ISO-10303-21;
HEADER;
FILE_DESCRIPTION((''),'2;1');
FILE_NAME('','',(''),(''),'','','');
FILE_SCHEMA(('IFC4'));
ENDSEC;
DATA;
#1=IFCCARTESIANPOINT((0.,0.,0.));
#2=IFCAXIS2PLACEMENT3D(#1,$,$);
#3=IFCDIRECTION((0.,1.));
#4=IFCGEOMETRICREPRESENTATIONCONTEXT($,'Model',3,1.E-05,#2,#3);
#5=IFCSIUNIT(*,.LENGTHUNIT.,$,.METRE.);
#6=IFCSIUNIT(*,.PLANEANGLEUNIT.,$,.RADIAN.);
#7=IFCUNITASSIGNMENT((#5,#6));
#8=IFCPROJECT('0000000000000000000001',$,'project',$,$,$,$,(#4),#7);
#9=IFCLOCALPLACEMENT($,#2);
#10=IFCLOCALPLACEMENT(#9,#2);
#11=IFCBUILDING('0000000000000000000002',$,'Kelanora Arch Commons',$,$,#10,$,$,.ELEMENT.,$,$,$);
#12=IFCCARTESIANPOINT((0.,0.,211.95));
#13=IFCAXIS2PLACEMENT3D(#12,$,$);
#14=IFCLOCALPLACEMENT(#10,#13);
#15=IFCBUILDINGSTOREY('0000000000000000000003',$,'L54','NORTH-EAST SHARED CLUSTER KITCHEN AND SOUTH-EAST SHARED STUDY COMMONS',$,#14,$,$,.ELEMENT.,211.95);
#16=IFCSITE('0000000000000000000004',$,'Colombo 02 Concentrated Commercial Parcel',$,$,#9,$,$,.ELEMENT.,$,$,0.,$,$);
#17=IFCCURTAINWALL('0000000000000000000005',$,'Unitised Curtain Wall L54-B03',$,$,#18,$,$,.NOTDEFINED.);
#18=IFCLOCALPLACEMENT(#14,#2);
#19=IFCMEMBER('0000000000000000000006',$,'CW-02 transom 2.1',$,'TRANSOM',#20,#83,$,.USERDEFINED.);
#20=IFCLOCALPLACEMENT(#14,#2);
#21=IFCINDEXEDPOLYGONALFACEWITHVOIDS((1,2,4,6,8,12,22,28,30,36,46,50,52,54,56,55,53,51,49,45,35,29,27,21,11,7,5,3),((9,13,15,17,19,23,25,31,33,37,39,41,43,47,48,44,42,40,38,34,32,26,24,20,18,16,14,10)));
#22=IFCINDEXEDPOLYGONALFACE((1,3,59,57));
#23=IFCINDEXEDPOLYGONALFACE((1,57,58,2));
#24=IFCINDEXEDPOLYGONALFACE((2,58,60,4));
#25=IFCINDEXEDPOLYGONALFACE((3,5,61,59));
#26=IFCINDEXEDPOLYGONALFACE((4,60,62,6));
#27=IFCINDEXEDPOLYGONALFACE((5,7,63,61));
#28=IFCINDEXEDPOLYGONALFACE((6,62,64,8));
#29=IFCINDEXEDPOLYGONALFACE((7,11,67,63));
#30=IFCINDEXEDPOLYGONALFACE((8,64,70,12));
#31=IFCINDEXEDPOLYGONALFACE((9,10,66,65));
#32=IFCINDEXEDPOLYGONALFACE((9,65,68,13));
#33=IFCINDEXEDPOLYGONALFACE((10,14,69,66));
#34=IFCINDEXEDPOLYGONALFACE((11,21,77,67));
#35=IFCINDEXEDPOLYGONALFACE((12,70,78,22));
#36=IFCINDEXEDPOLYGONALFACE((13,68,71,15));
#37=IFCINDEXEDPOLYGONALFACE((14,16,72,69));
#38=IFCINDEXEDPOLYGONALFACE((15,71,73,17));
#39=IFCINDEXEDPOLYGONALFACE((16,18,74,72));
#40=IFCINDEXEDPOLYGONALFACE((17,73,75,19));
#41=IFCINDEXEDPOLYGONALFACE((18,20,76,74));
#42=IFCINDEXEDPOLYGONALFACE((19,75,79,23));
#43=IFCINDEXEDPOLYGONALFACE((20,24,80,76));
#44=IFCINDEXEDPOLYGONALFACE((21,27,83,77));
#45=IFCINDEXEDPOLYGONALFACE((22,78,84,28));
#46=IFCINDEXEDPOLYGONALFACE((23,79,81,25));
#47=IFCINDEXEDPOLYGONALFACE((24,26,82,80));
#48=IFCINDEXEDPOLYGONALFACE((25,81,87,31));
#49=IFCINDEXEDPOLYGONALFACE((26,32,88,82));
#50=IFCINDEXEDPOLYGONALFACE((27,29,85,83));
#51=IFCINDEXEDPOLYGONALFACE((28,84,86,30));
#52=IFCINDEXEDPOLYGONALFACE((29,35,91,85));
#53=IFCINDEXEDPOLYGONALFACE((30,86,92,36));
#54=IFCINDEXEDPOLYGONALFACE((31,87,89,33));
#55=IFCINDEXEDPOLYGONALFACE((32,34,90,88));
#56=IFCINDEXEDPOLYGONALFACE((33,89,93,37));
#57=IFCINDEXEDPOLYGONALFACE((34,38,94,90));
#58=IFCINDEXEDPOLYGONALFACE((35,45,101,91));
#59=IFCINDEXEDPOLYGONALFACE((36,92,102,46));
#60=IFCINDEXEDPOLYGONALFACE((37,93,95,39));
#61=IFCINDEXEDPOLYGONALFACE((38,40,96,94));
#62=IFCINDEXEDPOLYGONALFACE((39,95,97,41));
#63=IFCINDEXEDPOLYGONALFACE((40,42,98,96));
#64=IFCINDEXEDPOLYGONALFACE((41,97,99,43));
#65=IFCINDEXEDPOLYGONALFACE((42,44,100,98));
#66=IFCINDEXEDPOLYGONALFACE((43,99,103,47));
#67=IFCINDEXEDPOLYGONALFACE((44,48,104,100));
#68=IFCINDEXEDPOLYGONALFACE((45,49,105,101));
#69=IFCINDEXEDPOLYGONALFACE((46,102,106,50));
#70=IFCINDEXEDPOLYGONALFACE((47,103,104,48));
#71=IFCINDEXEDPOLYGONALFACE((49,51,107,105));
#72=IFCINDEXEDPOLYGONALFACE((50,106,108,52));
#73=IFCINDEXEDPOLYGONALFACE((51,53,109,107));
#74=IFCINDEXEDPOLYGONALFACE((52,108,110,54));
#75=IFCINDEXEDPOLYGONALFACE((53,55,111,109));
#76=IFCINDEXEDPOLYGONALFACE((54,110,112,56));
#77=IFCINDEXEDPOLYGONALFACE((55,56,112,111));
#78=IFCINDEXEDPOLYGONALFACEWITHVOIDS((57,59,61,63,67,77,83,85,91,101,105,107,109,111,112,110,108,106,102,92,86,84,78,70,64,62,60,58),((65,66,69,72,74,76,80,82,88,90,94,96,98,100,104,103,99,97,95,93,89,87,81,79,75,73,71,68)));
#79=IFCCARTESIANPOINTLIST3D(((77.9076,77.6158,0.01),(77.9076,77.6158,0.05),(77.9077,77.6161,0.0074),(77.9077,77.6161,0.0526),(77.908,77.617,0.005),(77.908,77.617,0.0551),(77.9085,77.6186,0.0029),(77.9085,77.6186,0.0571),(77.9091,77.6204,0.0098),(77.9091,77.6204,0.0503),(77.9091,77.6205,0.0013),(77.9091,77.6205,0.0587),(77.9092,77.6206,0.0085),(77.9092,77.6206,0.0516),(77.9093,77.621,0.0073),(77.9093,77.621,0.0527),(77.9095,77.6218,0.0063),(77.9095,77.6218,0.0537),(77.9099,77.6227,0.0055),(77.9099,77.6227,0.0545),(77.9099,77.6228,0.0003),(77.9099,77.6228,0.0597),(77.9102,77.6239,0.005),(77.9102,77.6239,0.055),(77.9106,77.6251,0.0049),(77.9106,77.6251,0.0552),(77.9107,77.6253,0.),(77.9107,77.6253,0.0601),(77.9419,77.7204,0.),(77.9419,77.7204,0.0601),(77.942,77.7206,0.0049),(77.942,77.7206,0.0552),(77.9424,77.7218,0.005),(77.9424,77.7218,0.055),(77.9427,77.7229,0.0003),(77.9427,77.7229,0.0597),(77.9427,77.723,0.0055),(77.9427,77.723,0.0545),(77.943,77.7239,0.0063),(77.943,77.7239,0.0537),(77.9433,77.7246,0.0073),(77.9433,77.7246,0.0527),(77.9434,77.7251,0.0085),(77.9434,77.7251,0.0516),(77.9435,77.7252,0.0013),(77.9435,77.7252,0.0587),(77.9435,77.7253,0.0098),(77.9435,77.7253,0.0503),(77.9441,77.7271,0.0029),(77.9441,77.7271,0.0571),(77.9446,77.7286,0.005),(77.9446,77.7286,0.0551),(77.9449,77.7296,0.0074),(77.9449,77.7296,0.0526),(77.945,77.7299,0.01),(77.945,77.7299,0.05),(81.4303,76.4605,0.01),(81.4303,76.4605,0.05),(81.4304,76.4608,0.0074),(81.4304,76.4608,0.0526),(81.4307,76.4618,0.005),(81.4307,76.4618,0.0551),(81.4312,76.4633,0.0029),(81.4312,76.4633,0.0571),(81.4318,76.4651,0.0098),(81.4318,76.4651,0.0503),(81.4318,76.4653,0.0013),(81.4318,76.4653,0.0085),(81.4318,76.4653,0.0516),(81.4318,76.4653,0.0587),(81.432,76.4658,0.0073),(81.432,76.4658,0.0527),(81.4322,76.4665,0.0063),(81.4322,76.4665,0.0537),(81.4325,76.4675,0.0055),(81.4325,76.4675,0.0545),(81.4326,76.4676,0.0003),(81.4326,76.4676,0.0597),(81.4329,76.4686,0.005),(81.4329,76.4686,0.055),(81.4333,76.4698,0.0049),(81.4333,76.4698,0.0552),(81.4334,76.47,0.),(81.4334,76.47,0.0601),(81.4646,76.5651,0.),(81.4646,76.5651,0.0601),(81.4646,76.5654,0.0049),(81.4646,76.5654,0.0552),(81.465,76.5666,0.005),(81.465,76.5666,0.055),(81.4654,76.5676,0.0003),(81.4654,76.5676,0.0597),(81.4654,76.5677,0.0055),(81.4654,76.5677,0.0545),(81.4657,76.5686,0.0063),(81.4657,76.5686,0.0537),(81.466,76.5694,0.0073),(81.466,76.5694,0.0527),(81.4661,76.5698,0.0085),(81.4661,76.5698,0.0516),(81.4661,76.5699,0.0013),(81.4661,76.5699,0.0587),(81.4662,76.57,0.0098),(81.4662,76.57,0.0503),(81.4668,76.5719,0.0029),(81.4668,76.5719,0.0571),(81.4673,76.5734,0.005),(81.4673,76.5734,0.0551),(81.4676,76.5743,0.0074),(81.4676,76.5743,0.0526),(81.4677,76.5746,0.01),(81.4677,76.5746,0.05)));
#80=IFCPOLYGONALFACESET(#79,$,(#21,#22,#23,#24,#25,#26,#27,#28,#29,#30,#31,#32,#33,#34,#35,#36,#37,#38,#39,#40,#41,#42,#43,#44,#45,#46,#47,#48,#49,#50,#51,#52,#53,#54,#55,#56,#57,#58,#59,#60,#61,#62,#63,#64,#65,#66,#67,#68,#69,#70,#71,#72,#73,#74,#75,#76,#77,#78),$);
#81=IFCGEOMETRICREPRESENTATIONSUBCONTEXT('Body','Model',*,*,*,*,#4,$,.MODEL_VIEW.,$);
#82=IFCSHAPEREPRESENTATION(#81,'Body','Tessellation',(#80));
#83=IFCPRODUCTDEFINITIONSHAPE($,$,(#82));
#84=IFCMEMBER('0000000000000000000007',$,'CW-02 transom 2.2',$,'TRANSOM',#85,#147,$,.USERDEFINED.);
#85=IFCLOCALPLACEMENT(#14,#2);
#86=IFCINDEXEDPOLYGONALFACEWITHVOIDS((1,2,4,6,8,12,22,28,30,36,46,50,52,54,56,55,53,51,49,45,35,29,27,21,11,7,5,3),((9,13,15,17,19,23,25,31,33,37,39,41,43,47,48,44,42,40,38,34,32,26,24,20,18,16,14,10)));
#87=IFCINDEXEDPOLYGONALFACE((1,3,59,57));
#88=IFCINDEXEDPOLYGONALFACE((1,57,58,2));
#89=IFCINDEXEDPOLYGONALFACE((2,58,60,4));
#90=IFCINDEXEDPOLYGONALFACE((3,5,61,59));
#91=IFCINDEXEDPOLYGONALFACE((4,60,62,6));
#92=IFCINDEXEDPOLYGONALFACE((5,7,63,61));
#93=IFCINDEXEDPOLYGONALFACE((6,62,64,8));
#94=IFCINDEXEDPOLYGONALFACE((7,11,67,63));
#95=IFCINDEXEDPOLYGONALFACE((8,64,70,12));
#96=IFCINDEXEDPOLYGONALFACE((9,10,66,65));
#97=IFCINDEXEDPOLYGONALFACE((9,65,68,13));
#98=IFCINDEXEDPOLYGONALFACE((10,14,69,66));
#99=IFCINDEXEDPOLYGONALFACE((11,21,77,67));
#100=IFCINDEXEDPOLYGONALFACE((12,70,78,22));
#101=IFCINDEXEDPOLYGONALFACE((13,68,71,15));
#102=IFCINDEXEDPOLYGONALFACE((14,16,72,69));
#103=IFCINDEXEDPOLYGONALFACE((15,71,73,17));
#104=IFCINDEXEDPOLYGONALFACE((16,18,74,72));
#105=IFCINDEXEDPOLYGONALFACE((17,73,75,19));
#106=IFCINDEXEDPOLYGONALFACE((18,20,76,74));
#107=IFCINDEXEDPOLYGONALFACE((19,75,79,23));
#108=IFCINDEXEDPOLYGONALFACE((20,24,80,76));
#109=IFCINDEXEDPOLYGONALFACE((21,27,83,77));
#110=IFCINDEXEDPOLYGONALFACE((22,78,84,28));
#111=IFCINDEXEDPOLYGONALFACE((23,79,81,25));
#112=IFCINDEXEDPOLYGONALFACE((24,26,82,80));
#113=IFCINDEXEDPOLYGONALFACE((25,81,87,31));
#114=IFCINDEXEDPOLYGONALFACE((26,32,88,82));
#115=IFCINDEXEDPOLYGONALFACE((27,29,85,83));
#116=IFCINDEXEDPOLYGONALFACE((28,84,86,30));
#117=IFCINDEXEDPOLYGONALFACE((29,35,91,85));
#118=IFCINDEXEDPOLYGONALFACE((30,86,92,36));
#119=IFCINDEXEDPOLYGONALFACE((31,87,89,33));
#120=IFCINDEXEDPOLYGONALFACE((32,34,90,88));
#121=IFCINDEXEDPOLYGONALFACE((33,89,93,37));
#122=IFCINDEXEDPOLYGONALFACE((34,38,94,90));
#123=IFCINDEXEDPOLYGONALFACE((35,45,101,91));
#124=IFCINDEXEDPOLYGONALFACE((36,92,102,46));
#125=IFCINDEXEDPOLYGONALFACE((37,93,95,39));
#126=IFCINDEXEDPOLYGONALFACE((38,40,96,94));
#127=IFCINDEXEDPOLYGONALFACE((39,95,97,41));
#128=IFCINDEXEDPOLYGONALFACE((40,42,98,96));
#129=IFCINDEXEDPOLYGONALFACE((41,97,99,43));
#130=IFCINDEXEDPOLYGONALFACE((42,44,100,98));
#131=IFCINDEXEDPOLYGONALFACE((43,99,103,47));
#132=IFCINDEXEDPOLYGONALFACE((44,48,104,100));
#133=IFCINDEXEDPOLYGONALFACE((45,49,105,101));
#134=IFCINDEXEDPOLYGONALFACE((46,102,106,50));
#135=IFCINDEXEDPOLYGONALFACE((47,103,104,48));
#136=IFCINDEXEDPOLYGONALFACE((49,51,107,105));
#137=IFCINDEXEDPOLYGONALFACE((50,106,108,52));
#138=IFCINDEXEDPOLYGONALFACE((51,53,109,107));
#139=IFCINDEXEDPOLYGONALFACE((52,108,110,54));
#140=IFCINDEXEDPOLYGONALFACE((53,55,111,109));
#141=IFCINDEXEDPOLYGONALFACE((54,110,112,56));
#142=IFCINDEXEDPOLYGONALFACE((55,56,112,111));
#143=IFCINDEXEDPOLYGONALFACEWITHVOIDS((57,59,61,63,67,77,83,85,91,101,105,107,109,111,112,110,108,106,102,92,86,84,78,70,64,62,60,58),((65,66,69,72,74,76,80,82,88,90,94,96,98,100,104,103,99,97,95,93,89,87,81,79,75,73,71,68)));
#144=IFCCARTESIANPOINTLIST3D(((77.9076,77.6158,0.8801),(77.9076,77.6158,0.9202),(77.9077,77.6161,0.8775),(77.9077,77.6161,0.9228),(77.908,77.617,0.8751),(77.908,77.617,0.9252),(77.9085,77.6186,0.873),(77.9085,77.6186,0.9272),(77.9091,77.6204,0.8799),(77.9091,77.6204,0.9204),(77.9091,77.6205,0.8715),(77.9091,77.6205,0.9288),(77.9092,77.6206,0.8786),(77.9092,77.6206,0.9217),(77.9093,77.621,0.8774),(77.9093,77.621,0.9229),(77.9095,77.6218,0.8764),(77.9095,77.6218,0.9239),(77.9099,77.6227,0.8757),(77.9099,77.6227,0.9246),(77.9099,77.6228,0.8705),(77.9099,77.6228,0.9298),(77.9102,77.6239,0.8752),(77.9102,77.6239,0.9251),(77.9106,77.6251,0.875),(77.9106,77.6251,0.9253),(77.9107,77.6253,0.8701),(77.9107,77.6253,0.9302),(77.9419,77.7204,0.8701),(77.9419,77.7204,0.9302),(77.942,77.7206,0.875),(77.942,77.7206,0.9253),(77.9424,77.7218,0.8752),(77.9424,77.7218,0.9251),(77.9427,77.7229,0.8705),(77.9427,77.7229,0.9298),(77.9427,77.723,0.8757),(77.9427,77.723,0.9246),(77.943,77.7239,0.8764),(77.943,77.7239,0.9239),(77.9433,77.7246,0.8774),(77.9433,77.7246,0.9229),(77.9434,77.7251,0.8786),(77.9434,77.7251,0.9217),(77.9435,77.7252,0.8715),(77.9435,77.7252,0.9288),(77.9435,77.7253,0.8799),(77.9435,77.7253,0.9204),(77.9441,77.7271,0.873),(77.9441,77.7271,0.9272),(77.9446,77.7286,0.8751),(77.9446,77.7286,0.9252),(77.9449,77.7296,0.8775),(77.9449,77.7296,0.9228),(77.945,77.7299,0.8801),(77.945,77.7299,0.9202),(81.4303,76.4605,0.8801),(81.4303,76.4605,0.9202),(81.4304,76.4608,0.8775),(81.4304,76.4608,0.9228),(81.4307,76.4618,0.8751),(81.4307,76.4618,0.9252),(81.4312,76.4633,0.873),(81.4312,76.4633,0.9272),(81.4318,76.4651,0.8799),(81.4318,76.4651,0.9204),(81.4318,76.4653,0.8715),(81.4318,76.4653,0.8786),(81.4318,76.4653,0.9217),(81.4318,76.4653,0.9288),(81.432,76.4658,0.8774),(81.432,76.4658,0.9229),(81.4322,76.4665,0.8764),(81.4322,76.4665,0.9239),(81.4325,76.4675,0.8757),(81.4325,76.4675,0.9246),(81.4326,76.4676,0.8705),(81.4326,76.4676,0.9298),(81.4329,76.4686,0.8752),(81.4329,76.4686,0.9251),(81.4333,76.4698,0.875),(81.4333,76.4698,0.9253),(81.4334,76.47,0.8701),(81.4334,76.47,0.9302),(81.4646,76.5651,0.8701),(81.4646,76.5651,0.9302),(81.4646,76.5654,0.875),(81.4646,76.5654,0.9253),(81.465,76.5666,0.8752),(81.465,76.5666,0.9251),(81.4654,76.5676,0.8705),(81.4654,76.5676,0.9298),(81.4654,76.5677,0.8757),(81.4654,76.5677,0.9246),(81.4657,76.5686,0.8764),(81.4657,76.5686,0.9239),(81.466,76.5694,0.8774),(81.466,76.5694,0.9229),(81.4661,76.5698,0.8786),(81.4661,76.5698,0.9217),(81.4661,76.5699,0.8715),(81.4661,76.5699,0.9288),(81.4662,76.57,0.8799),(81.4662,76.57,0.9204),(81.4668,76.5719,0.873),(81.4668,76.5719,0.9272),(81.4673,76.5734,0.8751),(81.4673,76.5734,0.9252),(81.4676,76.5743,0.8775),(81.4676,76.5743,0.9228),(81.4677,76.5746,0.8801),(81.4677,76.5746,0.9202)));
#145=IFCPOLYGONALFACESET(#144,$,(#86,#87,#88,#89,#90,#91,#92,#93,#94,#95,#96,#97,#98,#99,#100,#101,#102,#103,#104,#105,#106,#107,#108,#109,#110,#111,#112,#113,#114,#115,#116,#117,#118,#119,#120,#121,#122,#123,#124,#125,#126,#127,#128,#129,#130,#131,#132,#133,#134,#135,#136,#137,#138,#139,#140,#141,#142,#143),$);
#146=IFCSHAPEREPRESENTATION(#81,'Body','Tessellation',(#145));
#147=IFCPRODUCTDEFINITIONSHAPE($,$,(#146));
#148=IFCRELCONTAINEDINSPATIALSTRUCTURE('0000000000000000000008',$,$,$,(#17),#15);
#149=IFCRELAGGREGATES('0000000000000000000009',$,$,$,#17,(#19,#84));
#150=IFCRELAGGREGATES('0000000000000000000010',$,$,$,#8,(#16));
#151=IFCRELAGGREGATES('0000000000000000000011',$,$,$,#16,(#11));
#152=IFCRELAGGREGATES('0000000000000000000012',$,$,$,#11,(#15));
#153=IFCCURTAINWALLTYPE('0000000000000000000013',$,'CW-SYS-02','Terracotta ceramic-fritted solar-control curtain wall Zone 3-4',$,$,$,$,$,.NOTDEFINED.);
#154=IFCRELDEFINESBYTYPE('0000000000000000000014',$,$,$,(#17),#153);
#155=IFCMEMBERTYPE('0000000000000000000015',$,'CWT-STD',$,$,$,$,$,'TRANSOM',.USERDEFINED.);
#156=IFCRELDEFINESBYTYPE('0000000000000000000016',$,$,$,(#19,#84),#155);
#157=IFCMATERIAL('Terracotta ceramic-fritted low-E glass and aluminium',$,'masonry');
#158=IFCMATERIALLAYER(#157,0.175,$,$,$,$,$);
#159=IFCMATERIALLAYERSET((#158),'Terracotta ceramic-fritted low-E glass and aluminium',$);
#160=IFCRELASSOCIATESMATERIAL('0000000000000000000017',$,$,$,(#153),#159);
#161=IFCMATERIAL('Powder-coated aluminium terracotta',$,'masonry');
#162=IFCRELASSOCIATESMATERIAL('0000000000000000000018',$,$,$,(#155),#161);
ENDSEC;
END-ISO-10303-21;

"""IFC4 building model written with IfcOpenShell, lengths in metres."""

from ifc_helpers import new_model, si_unit, direction, frame, origin, origin_2d, place, context, subcontext, project, spatial, hollow_rectangle, extrude, material, layer, layer_set, material_profile, profile_set, type_object, element, aggregate, save


model = new_model("IFC4")

# Units and contexts
model_context = context("Model", 3, precision=1e-05, world=origin(), true_north=direction((0.0, 1.0)))
body_context = subcontext(model_context, "Body", "Model", "MODEL_VIEW")
ifc_project = project(units=[si_unit("LENGTHUNIT", "METRE"), si_unit("PLANEANGLEUNIT", "RADIAN")], contexts=[model_context])

# Site, building, storey
site_placement = place(None, origin())
site = spatial("IfcSite", under=ifc_project, at=site_placement, Name="Colombo 02 Concentrated Commercial Parcel", CompositionType="ELEMENT", RefElevation=0.0)
building_placement = place(site_placement, origin())
building = spatial("IfcBuilding", under=site, at=building_placement, Name="Kelanora Arch Commons", CompositionType="ELEMENT")
storey_placement = place(building_placement, frame((0.0, 0.0, 211.95)))
storey = spatial("IfcBuildingStorey", under=building, at=storey_placement, Name="L54", Description="NORTH-EAST SHARED CLUSTER KITCHEN AND SOUTH-EAST SHARED STUDY COMMONS", CompositionType="ELEMENT", Elevation=211.95)

# Curtain wall, members
ifc_material_1 = material(Name="Terracotta ceramic-fritted low-E glass and aluminium", Category="masonry")
ifc_layer_1 = layer(ifc_material_1, 0.175)
ifc_layer_set_1 = layer_set([ifc_layer_1], Name="Terracotta ceramic-fritted low-E glass and aluminium")
curtain_wall_type = type_object("IfcCurtainWallType", Name="CW-SYS-02", Description="Terracotta ceramic-fritted solar-control curtain wall Zone 3-4", PredefinedType="NOTDEFINED", material=ifc_layer_set_1)
curtain_wall_placement = place(storey_placement, origin())
curtain_wall = element("IfcCurtainWall", 1, at=curtain_wall_placement, inside=storey, type_object=curtain_wall_type, Name="Unitised Curtain Wall L54-B03", PredefinedType="NOTDEFINED")
ifc_material_2 = material(Name="Powder-coated aluminium terracotta", Category="masonry")
ifc_material_profile_1 = material_profile(ifc_material_2, hollow_rectangle(XDim=0.1201, YDim=0.0601, WallThickness=0.0049, InnerFilletRadius=0.0049, OuterFilletRadius=0.01, at=origin_2d()), Name="CWT120x60")
ifc_profile_set_1 = profile_set([ifc_material_profile_1], Name="Powder-coated aluminium terracotta")
member_type_1 = type_object("IfcMemberType", Name="CWT-STD", ElementType="TRANSOM", PredefinedType="USERDEFINED", material=ifc_profile_set_1)
member_1_placement = place(storey_placement, frame((81.449, 76.5176, 0.03), z_axis=(-0.950207, 0.311621, 0.0), x_axis=(-0.311621, -0.950207, 0.0)))
member_1 = element("IfcMember", 2, at=member_1_placement, type_object=member_type_1, Name="CW-02 transom 2.1", ObjectType="TRANSOM", PredefinedType="USERDEFINED", context=body_context, shape_type="SweptSolid", body=[
    extrude(hollow_rectangle(XDim=0.1201, YDim=0.0601, WallThickness=0.0049, InnerFilletRadius=0.0049, OuterFilletRadius=0.01, at=origin_2d()), origin(), (0.0, 0.0, 1.0), 3.7073),
])
member_2_placement = place(storey_placement, frame((81.449, 76.5176, 0.9001), z_axis=(-0.950207, 0.311621, 0.0), x_axis=(-0.311621, -0.950207, 0.0)))
member_2 = element("IfcMember", 3, at=member_2_placement, type_object=member_type_1, Name="CW-02 transom 2.2", ObjectType="TRANSOM", PredefinedType="USERDEFINED", context=body_context, shape_type="SweptSolid", body=[
    extrude(hollow_rectangle(XDim=0.1201, YDim=0.0601, WallThickness=0.0049, InnerFilletRadius=0.0049, OuterFilletRadius=0.01, at=origin_2d()), origin(), (0.0, 0.0, 1.0), 3.7073),
])
aggregate(curtain_wall, [member_1, member_2])

save(model, "model.ifc")
